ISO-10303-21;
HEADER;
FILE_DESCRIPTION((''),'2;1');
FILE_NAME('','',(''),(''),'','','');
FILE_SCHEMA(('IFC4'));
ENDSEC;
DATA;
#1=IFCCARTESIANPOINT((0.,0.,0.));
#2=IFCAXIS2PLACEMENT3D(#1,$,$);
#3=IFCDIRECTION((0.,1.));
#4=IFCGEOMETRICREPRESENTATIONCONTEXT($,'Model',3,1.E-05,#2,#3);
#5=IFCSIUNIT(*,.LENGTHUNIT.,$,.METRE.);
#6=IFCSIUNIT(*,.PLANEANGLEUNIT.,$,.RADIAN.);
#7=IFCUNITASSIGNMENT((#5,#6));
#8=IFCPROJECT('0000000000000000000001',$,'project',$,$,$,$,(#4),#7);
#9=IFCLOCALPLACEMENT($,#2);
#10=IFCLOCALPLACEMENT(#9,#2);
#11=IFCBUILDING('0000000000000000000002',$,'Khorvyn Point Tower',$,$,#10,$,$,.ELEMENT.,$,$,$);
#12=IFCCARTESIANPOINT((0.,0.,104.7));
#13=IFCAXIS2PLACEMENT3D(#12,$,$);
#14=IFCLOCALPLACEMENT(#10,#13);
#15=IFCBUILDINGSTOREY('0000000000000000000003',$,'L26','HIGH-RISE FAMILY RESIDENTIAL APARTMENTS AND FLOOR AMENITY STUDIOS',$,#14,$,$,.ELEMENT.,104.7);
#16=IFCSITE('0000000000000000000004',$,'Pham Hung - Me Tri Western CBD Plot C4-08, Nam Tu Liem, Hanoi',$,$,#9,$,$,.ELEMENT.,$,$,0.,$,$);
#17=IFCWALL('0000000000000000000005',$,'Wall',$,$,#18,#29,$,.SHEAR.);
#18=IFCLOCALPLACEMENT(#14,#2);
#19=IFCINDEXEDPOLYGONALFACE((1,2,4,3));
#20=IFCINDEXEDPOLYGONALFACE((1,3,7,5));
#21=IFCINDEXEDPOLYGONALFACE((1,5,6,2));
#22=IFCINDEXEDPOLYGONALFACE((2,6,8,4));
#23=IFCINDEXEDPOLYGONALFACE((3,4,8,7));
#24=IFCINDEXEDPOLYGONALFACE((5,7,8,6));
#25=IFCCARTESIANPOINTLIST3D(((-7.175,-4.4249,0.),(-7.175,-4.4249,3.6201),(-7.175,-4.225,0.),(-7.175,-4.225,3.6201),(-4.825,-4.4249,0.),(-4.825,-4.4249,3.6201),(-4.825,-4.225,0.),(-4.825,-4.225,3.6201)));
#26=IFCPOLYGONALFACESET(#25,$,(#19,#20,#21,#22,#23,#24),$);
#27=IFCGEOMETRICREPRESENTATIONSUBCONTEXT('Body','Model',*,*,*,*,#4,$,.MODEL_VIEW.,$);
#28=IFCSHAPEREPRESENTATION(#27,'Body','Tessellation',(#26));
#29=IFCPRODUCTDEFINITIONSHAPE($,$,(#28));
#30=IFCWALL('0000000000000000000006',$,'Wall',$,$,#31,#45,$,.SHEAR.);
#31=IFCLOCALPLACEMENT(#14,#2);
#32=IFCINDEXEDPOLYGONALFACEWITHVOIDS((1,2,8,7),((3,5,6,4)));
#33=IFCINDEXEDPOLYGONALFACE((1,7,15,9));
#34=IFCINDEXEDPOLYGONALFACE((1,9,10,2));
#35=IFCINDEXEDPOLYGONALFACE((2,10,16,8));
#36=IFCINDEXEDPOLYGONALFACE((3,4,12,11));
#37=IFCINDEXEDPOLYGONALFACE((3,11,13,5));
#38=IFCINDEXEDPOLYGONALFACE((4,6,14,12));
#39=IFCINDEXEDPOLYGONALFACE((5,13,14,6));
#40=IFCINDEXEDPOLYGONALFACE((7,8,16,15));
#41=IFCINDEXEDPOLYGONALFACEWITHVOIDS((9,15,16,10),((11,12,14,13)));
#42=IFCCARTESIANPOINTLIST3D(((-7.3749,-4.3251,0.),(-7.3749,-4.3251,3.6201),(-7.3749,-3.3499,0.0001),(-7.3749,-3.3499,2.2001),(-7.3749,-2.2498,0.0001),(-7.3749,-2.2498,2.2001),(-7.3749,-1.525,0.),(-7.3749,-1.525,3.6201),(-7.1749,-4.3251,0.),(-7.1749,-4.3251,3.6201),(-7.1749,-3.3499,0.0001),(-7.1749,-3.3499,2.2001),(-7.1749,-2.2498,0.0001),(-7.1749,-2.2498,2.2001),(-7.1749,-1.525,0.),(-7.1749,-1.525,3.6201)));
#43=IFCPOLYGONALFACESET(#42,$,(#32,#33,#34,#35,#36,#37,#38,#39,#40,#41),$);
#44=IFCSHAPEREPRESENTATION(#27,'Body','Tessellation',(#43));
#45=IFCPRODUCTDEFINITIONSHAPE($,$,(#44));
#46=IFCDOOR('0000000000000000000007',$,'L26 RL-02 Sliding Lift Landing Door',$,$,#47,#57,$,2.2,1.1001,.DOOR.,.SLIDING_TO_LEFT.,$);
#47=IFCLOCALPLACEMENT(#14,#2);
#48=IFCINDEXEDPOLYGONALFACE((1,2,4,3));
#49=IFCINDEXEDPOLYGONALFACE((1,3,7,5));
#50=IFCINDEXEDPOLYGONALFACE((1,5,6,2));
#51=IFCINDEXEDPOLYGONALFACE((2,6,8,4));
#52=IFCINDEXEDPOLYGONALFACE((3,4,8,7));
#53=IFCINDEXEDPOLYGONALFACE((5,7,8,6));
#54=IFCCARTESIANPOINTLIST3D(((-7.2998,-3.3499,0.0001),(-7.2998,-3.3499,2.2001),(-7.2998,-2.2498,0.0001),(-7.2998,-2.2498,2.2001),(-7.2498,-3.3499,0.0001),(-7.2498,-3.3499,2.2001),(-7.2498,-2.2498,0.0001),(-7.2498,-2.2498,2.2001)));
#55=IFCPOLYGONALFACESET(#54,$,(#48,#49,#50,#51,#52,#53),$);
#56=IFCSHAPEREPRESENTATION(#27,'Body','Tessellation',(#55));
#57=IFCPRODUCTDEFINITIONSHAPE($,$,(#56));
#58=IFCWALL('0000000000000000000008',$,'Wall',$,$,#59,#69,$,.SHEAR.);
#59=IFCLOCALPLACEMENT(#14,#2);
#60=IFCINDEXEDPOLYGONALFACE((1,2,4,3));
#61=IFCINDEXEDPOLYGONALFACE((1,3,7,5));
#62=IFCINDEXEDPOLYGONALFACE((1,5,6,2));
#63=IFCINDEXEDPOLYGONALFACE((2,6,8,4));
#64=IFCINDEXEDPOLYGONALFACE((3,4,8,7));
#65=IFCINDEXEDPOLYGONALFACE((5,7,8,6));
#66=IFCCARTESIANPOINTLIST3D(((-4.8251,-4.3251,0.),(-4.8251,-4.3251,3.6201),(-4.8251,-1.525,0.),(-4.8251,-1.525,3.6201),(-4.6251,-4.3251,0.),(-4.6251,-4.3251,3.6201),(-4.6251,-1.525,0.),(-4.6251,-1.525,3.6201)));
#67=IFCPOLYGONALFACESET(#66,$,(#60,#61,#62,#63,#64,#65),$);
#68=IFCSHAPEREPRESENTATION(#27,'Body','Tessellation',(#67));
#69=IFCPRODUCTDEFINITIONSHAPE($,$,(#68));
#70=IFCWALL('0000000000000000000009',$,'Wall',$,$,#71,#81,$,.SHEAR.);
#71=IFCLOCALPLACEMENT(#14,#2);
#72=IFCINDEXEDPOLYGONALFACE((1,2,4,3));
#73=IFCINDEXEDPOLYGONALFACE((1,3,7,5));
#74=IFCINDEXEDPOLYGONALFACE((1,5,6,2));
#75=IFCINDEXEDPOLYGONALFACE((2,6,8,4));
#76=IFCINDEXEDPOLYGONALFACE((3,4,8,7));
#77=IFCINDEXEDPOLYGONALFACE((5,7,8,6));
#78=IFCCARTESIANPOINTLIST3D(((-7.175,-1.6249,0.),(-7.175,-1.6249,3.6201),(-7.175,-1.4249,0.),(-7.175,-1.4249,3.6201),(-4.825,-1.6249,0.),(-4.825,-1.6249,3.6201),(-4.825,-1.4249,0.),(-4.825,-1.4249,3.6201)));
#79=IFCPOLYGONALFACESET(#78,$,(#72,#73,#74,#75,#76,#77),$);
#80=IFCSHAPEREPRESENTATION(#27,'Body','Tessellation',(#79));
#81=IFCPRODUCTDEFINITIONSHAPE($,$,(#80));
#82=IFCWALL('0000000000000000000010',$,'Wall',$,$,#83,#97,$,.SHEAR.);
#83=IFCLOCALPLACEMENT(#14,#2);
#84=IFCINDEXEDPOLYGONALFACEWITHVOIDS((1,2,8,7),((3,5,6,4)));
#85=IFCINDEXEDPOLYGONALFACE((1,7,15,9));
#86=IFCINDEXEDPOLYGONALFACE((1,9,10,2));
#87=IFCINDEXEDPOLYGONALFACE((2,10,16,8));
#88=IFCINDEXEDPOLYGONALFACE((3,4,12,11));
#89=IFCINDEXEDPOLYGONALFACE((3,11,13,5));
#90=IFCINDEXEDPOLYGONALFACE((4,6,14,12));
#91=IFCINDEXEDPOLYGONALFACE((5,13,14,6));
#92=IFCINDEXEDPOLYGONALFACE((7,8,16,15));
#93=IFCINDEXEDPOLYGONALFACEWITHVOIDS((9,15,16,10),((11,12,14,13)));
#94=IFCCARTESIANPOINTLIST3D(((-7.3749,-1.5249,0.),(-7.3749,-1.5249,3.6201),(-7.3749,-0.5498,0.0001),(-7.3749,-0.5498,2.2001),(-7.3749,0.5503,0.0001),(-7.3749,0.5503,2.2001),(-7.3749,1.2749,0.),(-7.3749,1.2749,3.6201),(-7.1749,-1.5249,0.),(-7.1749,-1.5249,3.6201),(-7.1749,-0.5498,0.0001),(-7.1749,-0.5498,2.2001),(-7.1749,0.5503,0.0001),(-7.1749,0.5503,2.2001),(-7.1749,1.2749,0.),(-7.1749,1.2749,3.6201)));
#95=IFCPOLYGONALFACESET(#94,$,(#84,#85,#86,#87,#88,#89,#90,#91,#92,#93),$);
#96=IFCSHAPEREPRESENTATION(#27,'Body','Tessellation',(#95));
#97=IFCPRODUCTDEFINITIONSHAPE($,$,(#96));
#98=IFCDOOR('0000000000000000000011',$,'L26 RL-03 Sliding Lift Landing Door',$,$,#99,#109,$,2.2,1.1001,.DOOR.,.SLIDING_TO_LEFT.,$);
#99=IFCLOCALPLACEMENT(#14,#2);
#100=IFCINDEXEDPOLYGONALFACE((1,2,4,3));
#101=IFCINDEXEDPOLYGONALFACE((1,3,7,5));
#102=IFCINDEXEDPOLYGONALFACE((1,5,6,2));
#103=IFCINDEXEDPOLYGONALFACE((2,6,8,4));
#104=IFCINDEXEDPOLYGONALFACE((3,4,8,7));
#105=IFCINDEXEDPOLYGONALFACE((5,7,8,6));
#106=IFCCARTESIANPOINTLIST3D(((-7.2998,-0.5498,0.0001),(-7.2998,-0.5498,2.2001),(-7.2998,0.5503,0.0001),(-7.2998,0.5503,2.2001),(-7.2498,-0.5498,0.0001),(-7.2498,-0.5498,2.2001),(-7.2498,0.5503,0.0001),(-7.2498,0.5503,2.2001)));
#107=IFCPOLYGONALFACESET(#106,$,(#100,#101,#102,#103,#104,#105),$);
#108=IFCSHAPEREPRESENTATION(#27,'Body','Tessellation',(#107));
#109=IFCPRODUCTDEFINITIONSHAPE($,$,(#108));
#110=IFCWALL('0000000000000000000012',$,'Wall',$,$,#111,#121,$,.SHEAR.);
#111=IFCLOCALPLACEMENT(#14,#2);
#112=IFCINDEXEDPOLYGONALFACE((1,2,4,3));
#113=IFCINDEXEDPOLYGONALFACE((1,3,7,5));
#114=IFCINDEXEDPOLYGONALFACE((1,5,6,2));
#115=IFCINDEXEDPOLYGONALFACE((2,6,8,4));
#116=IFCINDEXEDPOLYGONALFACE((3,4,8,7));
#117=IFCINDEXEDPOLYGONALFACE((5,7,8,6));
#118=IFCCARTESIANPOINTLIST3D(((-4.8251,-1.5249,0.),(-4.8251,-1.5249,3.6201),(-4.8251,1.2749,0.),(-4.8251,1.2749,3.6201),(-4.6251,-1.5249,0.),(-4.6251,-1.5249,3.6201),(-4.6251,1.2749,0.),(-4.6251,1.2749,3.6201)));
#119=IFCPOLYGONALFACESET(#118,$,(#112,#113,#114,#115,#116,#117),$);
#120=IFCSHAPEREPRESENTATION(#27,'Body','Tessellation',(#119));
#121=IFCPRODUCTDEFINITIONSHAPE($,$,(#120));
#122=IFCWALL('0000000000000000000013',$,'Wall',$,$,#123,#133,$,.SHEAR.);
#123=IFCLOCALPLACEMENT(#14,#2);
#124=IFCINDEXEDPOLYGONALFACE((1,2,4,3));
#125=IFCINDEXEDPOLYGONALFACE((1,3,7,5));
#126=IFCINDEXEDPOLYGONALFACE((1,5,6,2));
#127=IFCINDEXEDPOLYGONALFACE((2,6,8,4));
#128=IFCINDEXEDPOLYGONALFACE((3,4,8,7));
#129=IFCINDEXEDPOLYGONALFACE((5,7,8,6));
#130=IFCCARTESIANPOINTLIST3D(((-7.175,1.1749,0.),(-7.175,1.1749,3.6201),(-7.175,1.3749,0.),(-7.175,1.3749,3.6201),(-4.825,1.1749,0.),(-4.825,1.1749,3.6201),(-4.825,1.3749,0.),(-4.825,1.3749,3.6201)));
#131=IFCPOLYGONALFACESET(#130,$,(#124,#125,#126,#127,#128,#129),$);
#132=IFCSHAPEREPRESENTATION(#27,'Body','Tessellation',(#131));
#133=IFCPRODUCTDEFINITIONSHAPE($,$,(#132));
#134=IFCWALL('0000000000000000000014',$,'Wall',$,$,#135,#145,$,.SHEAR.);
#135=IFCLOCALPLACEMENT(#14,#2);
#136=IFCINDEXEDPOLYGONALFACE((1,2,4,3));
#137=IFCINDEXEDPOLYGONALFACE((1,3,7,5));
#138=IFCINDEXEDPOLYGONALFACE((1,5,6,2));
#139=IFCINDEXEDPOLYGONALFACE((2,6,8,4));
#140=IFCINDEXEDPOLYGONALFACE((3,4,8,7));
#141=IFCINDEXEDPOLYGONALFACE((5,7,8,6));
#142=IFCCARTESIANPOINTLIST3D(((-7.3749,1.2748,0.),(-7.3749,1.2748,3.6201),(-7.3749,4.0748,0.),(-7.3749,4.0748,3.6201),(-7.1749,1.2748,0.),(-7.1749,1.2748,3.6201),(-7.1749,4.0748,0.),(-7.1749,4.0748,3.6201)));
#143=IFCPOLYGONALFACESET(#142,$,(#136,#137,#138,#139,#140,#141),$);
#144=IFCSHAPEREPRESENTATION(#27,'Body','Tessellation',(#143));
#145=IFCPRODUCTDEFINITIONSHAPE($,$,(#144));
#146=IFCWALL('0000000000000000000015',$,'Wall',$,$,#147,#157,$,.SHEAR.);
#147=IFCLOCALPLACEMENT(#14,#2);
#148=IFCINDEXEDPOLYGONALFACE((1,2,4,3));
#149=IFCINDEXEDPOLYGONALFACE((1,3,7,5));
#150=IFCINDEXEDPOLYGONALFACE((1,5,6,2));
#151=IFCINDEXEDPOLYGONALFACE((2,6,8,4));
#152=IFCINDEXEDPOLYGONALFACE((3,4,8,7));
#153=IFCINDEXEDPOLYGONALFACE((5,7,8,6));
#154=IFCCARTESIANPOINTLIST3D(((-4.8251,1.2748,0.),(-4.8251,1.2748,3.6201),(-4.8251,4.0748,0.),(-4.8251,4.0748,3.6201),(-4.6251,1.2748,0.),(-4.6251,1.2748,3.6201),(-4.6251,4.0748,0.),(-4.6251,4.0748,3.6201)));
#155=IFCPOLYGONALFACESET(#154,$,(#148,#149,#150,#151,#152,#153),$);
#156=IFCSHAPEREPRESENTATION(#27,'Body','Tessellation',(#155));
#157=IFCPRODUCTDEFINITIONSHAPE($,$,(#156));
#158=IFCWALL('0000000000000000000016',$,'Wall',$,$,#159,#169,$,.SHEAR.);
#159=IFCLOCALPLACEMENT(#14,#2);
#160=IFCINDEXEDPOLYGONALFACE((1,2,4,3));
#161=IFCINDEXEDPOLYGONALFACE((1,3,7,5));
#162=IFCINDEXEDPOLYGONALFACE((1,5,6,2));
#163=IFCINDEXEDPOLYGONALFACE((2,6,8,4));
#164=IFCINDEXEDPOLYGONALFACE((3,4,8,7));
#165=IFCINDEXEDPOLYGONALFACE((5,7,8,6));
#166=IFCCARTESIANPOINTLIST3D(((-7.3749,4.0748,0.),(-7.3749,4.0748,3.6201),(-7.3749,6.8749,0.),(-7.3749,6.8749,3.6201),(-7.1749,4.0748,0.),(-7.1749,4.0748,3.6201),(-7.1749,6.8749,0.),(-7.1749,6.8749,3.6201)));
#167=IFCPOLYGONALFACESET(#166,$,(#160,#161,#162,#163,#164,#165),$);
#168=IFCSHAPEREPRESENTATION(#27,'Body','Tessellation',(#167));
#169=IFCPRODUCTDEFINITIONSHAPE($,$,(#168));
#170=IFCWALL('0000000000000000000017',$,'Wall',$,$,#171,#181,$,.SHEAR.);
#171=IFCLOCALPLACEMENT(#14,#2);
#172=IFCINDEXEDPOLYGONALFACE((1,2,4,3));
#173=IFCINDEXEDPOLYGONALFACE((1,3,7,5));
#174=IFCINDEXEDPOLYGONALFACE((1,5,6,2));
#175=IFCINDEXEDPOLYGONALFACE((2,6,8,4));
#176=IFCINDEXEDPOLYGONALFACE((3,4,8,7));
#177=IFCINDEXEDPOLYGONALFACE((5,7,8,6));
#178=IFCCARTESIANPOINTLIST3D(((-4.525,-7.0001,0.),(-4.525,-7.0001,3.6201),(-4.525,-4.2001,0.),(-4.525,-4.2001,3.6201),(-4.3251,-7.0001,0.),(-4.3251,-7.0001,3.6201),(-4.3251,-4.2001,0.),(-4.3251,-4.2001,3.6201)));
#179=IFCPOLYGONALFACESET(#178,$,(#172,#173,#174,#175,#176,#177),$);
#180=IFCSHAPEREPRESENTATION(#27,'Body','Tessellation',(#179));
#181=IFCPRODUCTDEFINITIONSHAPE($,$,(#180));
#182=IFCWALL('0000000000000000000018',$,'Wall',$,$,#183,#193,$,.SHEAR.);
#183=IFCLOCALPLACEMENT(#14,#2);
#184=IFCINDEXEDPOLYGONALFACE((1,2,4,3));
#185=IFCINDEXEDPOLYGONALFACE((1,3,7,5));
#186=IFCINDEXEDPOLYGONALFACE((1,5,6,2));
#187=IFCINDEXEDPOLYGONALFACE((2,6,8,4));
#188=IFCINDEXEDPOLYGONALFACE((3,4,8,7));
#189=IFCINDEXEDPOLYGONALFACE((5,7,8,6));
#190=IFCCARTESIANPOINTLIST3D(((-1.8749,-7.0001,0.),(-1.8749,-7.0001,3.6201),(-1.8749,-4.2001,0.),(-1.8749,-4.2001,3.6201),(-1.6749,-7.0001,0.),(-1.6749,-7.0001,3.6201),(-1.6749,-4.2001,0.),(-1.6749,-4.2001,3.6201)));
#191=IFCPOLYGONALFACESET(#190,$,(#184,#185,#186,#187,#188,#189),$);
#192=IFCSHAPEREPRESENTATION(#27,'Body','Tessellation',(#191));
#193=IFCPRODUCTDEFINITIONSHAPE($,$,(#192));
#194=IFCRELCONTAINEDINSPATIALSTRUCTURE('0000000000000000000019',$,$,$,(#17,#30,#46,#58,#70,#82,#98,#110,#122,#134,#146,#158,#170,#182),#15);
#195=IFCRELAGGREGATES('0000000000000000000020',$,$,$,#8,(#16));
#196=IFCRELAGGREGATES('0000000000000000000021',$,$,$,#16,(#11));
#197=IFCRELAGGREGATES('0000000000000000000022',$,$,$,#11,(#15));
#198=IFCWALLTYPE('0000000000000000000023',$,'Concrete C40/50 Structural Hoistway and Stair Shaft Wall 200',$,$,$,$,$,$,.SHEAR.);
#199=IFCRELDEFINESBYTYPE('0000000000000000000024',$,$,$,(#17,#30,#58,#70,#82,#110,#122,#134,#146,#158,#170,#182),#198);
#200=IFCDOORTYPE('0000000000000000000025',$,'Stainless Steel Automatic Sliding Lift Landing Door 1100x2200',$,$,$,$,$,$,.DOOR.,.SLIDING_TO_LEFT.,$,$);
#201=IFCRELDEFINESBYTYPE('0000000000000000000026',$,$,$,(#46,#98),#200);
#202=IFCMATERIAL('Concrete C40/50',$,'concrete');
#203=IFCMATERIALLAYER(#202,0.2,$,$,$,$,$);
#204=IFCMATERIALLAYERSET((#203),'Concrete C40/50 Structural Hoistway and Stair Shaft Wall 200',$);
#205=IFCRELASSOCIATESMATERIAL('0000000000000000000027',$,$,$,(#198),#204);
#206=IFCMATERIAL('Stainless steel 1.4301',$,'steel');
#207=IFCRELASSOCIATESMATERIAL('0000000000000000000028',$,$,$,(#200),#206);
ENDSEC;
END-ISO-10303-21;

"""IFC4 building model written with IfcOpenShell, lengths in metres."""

from ifc_helpers import new_model, si_unit, direction, frame, frame_2d, origin, place, context, subcontext, project, spatial, rectangle, extrude, material, layer, layer_set, type_object, element, fill, save


model = new_model("IFC4")

# Units and contexts
model_context = context("Model", 3, precision=1e-05, world=origin(), true_north=direction((0.0, 1.0)))
body_context = subcontext(model_context, "Body", "Model", "MODEL_VIEW")
ifc_project = project(units=[si_unit("LENGTHUNIT", "METRE"), si_unit("PLANEANGLEUNIT", "RADIAN")], contexts=[model_context])

# Site, building, storey
site_placement = place(None, origin())
site = spatial("IfcSite", under=ifc_project, at=site_placement, Name="Pham Hung - Me Tri Western CBD Plot C4-08, Nam Tu Liem, Hanoi", CompositionType="ELEMENT", RefElevation=0.0)
building_placement = place(site_placement, origin())
building = spatial("IfcBuilding", under=site, at=building_placement, Name="Khorvyn Point Tower", CompositionType="ELEMENT")
storey_placement = place(building_placement, frame((0.0, 0.0, 104.7)))
storey = spatial("IfcBuildingStorey", under=building, at=storey_placement, Name="L26", Description="HIGH-RISE FAMILY RESIDENTIAL APARTMENTS AND FLOOR AMENITY STUDIOS", CompositionType="ELEMENT", Elevation=104.7)

# Shared definitions
ifc_material_1 = material(Name="Concrete C40/50", Category="concrete")

# Shared definitions
ifc_layer_1 = layer(ifc_material_1, 0.2)
ifc_layer_set_1 = layer_set([ifc_layer_1], Name="Concrete C40/50 Structural Hoistway and Stair Shaft Wall 200")
wall_type_1 = type_object("IfcWallType", Name="Concrete C40/50 Structural Hoistway and Stair Shaft Wall 200", PredefinedType="SHEAR", material=ifc_layer_set_1)
ifc_material_2 = material(Name="Stainless steel 1.4301", Category="steel")
door_type_1 = type_object("IfcDoorType", Name="Stainless Steel Automatic Sliding Lift Landing Door 1100x2200", OperationType="SLIDING_TO_LEFT", PredefinedType="DOOR", material=ifc_material_2)

# Wall
for number, where, z_axis, x_axis, name in (
    (1, (-7.175, -4.325, 0.0), (0.0, 0.0, 1.0), (1.0, 0.0, 0.0), "Wall"),
):
    element("IfcWall", number, at=place(storey_placement, frame(where, z_axis=z_axis, x_axis=x_axis)), inside=storey, type_object=wall_type_1, Name=name, PredefinedType="SHEAR", context=body_context, shape_type="SweptSolid", body=[
        extrude(rectangle(XDim=2.3501, YDim=0.2, at=frame_2d((1.175, 0.0))), origin(), (0.0, 0.0, 1.0), 3.6201),
    ])

# Wall, opening, door
wall_1_placement = place(storey_placement, frame((-7.2749, -4.325, 0.0), z_axis=(0.0, 0.0, 1.0), x_axis=(0.0, 1.0, 0.0)))
wall_1 = element("IfcWall", 2, at=wall_1_placement, inside=storey, type_object=wall_type_1, Name="Wall", PredefinedType="SHEAR", context=body_context, shape_type="SweptSolid", body=[
    extrude(rectangle(XDim=2.8, YDim=0.2, at=frame_2d((1.3999, 0.0))), origin(), (0.0, 0.0, 1.0), 3.6201),
])
opening_1_placement = place(wall_1_placement, frame((0.9751, 0.0, 0.0)))
opening_1 = element("IfcOpeningElement", 3, at=opening_1_placement, cuts=wall_1, PredefinedType="OPENING", context=body_context, shape_type="SweptSolid", body=[
    extrude(rectangle(XDim=1.1001, YDim=2.2, at=frame_2d((0.55, 1.1001))), frame((0.0, 0.1099, 0.0), z_axis=(0.0, -1.0, 0.0), x_axis=(1.0, 0.0, 0.0)), (0.0, 0.0, 1.0), 0.22),
])
door_1_placement = place(opening_1_placement, origin())
door_1 = element("IfcDoor", 4, at=door_1_placement, inside=storey, type_object=door_type_1, Name="L26 RL-02 Sliding Lift Landing Door", OperationType="SLIDING_TO_LEFT", OverallHeight=2.2, OverallWidth=1.1001, PredefinedType="DOOR", context=body_context, shape_type="SweptSolid", body=[
    extrude(rectangle(XDim=1.1001, YDim=2.2, at=frame_2d((0.55, 1.1001))), frame((0.0, 0.0249, 0.0), z_axis=(0.0, -1.0, 0.0), x_axis=(1.0, 0.0, 0.0)), (0.0, 0.0, 1.0), 0.05),
])
fill(opening_1, door_1)

# Walls
wall_2_placement = place(storey_placement, frame((-4.7251, -4.325, 0.0), z_axis=(0.0, 0.0, 1.0), x_axis=(0.0, 1.0, 0.0)))
element("IfcWall", 5, at=wall_2_placement, inside=storey, type_object=wall_type_1, Name="Wall", PredefinedType="SHEAR", context=body_context, shape_type="SweptSolid", body=[
    extrude(rectangle(XDim=2.8, YDim=0.2, at=frame_2d((1.3999, 0.0))), origin(), (0.0, 0.0, 1.0), 3.6201),
])
wall_3_placement = place(storey_placement, frame((-7.175, -1.5249, 0.0), z_axis=(0.0, 0.0, 1.0), x_axis=(1.0, 0.0, 0.0)))
element("IfcWall", 6, at=wall_3_placement, inside=storey, type_object=wall_type_1, Name="Wall", PredefinedType="SHEAR", context=body_context, shape_type="SweptSolid", body=[
    extrude(rectangle(XDim=2.3501, YDim=0.2, at=frame_2d((1.175, 0.0))), origin(), (0.0, 0.0, 1.0), 3.6201),
])

# Wall, opening, door
wall_4_placement = place(storey_placement, frame((-7.2749, -1.5249, 0.0), z_axis=(0.0, 0.0, 1.0), x_axis=(0.0, 1.0, 0.0)))
wall_4 = element("IfcWall", 7, at=wall_4_placement, inside=storey, type_object=wall_type_1, Name="Wall", PredefinedType="SHEAR", context=body_context, shape_type="SweptSolid", body=[
    extrude(rectangle(XDim=2.7998, YDim=0.2, at=frame_2d((1.3999, 0.0))), origin(), (0.0, 0.0, 1.0), 3.6201),
])
opening_2_placement = place(wall_4_placement, frame((0.9751, 0.0, 0.0)))
opening_2 = element("IfcOpeningElement", 8, at=opening_2_placement, cuts=wall_4, PredefinedType="OPENING", context=body_context, shape_type="SweptSolid", body=[
    extrude(rectangle(XDim=1.1001, YDim=2.2, at=frame_2d((0.55, 1.1001))), frame((0.0, 0.1099, 0.0), z_axis=(0.0, -1.0, 0.0), x_axis=(1.0, 0.0, 0.0)), (0.0, 0.0, 1.0), 0.22),
])
door_2_placement = place(opening_2_placement, origin())
door_2 = element("IfcDoor", 9, at=door_2_placement, inside=storey, type_object=door_type_1, Name="L26 RL-03 Sliding Lift Landing Door", OperationType="SLIDING_TO_LEFT", OverallHeight=2.2, OverallWidth=1.1001, PredefinedType="DOOR", context=body_context, shape_type="SweptSolid", body=[
    extrude(rectangle(XDim=1.1001, YDim=2.2, at=frame_2d((0.55, 1.1001))), frame((0.0, 0.0249, 0.0), z_axis=(0.0, -1.0, 0.0), x_axis=(1.0, 0.0, 0.0)), (0.0, 0.0, 1.0), 0.05),
])
fill(opening_2, door_2)

# Walls
wall_5_placement = place(storey_placement, frame((-4.7251, -1.5249, 0.0), z_axis=(0.0, 0.0, 1.0), x_axis=(0.0, 1.0, 0.0)))
element("IfcWall", 10, at=wall_5_placement, inside=storey, type_object=wall_type_1, Name="Wall", PredefinedType="SHEAR", context=body_context, shape_type="SweptSolid", body=[
    extrude(rectangle(XDim=2.7998, YDim=0.2, at=frame_2d((1.3999, 0.0))), origin(), (0.0, 0.0, 1.0), 3.6201),
])
wall_6_placement = place(storey_placement, frame((-7.175, 1.2749, 0.0), z_axis=(0.0, 0.0, 1.0), x_axis=(1.0, 0.0, 0.0)))
element("IfcWall", 11, at=wall_6_placement, inside=storey, type_object=wall_type_1, Name="Wall", PredefinedType="SHEAR", context=body_context, shape_type="SweptSolid", body=[
    extrude(rectangle(XDim=2.3501, YDim=0.2, at=frame_2d((1.175, 0.0))), origin(), (0.0, 0.0, 1.0), 3.6201),
])
for number, where, z_axis, x_axis, name in (
    (12, (-7.2749, 1.2749, 0.0), (0.0, 0.0, 1.0), (0.0, 1.0, 0.0), "Wall"),
    (13, (-4.7251, 1.2749, 0.0), (0.0, 0.0, 1.0), (0.0, 1.0, 0.0), "Wall"),
    (14, (-7.2749, 4.075, 0.0), (0.0, 0.0, 1.0), (0.0, 1.0, 0.0), "Wall"),
    (15, (-4.425, -7.0, 0.0), (0.0, 0.0, 1.0), (0.0, 1.0, 0.0), "Wall"),
    (16, (-1.7749, -7.0, 0.0), (0.0, 0.0, 1.0), (0.0, 1.0, 0.0), "Wall"),
):
    element("IfcWall", number, at=place(storey_placement, frame(where, z_axis=z_axis, x_axis=x_axis)), inside=storey, type_object=wall_type_1, Name=name, PredefinedType="SHEAR", context=body_context, shape_type="SweptSolid", body=[
        extrude(rectangle(XDim=2.8, YDim=0.2, at=frame_2d((1.3999, 0.0))), origin(), (0.0, 0.0, 1.0), 3.6201),
    ])

save(model, "model.ifc")
